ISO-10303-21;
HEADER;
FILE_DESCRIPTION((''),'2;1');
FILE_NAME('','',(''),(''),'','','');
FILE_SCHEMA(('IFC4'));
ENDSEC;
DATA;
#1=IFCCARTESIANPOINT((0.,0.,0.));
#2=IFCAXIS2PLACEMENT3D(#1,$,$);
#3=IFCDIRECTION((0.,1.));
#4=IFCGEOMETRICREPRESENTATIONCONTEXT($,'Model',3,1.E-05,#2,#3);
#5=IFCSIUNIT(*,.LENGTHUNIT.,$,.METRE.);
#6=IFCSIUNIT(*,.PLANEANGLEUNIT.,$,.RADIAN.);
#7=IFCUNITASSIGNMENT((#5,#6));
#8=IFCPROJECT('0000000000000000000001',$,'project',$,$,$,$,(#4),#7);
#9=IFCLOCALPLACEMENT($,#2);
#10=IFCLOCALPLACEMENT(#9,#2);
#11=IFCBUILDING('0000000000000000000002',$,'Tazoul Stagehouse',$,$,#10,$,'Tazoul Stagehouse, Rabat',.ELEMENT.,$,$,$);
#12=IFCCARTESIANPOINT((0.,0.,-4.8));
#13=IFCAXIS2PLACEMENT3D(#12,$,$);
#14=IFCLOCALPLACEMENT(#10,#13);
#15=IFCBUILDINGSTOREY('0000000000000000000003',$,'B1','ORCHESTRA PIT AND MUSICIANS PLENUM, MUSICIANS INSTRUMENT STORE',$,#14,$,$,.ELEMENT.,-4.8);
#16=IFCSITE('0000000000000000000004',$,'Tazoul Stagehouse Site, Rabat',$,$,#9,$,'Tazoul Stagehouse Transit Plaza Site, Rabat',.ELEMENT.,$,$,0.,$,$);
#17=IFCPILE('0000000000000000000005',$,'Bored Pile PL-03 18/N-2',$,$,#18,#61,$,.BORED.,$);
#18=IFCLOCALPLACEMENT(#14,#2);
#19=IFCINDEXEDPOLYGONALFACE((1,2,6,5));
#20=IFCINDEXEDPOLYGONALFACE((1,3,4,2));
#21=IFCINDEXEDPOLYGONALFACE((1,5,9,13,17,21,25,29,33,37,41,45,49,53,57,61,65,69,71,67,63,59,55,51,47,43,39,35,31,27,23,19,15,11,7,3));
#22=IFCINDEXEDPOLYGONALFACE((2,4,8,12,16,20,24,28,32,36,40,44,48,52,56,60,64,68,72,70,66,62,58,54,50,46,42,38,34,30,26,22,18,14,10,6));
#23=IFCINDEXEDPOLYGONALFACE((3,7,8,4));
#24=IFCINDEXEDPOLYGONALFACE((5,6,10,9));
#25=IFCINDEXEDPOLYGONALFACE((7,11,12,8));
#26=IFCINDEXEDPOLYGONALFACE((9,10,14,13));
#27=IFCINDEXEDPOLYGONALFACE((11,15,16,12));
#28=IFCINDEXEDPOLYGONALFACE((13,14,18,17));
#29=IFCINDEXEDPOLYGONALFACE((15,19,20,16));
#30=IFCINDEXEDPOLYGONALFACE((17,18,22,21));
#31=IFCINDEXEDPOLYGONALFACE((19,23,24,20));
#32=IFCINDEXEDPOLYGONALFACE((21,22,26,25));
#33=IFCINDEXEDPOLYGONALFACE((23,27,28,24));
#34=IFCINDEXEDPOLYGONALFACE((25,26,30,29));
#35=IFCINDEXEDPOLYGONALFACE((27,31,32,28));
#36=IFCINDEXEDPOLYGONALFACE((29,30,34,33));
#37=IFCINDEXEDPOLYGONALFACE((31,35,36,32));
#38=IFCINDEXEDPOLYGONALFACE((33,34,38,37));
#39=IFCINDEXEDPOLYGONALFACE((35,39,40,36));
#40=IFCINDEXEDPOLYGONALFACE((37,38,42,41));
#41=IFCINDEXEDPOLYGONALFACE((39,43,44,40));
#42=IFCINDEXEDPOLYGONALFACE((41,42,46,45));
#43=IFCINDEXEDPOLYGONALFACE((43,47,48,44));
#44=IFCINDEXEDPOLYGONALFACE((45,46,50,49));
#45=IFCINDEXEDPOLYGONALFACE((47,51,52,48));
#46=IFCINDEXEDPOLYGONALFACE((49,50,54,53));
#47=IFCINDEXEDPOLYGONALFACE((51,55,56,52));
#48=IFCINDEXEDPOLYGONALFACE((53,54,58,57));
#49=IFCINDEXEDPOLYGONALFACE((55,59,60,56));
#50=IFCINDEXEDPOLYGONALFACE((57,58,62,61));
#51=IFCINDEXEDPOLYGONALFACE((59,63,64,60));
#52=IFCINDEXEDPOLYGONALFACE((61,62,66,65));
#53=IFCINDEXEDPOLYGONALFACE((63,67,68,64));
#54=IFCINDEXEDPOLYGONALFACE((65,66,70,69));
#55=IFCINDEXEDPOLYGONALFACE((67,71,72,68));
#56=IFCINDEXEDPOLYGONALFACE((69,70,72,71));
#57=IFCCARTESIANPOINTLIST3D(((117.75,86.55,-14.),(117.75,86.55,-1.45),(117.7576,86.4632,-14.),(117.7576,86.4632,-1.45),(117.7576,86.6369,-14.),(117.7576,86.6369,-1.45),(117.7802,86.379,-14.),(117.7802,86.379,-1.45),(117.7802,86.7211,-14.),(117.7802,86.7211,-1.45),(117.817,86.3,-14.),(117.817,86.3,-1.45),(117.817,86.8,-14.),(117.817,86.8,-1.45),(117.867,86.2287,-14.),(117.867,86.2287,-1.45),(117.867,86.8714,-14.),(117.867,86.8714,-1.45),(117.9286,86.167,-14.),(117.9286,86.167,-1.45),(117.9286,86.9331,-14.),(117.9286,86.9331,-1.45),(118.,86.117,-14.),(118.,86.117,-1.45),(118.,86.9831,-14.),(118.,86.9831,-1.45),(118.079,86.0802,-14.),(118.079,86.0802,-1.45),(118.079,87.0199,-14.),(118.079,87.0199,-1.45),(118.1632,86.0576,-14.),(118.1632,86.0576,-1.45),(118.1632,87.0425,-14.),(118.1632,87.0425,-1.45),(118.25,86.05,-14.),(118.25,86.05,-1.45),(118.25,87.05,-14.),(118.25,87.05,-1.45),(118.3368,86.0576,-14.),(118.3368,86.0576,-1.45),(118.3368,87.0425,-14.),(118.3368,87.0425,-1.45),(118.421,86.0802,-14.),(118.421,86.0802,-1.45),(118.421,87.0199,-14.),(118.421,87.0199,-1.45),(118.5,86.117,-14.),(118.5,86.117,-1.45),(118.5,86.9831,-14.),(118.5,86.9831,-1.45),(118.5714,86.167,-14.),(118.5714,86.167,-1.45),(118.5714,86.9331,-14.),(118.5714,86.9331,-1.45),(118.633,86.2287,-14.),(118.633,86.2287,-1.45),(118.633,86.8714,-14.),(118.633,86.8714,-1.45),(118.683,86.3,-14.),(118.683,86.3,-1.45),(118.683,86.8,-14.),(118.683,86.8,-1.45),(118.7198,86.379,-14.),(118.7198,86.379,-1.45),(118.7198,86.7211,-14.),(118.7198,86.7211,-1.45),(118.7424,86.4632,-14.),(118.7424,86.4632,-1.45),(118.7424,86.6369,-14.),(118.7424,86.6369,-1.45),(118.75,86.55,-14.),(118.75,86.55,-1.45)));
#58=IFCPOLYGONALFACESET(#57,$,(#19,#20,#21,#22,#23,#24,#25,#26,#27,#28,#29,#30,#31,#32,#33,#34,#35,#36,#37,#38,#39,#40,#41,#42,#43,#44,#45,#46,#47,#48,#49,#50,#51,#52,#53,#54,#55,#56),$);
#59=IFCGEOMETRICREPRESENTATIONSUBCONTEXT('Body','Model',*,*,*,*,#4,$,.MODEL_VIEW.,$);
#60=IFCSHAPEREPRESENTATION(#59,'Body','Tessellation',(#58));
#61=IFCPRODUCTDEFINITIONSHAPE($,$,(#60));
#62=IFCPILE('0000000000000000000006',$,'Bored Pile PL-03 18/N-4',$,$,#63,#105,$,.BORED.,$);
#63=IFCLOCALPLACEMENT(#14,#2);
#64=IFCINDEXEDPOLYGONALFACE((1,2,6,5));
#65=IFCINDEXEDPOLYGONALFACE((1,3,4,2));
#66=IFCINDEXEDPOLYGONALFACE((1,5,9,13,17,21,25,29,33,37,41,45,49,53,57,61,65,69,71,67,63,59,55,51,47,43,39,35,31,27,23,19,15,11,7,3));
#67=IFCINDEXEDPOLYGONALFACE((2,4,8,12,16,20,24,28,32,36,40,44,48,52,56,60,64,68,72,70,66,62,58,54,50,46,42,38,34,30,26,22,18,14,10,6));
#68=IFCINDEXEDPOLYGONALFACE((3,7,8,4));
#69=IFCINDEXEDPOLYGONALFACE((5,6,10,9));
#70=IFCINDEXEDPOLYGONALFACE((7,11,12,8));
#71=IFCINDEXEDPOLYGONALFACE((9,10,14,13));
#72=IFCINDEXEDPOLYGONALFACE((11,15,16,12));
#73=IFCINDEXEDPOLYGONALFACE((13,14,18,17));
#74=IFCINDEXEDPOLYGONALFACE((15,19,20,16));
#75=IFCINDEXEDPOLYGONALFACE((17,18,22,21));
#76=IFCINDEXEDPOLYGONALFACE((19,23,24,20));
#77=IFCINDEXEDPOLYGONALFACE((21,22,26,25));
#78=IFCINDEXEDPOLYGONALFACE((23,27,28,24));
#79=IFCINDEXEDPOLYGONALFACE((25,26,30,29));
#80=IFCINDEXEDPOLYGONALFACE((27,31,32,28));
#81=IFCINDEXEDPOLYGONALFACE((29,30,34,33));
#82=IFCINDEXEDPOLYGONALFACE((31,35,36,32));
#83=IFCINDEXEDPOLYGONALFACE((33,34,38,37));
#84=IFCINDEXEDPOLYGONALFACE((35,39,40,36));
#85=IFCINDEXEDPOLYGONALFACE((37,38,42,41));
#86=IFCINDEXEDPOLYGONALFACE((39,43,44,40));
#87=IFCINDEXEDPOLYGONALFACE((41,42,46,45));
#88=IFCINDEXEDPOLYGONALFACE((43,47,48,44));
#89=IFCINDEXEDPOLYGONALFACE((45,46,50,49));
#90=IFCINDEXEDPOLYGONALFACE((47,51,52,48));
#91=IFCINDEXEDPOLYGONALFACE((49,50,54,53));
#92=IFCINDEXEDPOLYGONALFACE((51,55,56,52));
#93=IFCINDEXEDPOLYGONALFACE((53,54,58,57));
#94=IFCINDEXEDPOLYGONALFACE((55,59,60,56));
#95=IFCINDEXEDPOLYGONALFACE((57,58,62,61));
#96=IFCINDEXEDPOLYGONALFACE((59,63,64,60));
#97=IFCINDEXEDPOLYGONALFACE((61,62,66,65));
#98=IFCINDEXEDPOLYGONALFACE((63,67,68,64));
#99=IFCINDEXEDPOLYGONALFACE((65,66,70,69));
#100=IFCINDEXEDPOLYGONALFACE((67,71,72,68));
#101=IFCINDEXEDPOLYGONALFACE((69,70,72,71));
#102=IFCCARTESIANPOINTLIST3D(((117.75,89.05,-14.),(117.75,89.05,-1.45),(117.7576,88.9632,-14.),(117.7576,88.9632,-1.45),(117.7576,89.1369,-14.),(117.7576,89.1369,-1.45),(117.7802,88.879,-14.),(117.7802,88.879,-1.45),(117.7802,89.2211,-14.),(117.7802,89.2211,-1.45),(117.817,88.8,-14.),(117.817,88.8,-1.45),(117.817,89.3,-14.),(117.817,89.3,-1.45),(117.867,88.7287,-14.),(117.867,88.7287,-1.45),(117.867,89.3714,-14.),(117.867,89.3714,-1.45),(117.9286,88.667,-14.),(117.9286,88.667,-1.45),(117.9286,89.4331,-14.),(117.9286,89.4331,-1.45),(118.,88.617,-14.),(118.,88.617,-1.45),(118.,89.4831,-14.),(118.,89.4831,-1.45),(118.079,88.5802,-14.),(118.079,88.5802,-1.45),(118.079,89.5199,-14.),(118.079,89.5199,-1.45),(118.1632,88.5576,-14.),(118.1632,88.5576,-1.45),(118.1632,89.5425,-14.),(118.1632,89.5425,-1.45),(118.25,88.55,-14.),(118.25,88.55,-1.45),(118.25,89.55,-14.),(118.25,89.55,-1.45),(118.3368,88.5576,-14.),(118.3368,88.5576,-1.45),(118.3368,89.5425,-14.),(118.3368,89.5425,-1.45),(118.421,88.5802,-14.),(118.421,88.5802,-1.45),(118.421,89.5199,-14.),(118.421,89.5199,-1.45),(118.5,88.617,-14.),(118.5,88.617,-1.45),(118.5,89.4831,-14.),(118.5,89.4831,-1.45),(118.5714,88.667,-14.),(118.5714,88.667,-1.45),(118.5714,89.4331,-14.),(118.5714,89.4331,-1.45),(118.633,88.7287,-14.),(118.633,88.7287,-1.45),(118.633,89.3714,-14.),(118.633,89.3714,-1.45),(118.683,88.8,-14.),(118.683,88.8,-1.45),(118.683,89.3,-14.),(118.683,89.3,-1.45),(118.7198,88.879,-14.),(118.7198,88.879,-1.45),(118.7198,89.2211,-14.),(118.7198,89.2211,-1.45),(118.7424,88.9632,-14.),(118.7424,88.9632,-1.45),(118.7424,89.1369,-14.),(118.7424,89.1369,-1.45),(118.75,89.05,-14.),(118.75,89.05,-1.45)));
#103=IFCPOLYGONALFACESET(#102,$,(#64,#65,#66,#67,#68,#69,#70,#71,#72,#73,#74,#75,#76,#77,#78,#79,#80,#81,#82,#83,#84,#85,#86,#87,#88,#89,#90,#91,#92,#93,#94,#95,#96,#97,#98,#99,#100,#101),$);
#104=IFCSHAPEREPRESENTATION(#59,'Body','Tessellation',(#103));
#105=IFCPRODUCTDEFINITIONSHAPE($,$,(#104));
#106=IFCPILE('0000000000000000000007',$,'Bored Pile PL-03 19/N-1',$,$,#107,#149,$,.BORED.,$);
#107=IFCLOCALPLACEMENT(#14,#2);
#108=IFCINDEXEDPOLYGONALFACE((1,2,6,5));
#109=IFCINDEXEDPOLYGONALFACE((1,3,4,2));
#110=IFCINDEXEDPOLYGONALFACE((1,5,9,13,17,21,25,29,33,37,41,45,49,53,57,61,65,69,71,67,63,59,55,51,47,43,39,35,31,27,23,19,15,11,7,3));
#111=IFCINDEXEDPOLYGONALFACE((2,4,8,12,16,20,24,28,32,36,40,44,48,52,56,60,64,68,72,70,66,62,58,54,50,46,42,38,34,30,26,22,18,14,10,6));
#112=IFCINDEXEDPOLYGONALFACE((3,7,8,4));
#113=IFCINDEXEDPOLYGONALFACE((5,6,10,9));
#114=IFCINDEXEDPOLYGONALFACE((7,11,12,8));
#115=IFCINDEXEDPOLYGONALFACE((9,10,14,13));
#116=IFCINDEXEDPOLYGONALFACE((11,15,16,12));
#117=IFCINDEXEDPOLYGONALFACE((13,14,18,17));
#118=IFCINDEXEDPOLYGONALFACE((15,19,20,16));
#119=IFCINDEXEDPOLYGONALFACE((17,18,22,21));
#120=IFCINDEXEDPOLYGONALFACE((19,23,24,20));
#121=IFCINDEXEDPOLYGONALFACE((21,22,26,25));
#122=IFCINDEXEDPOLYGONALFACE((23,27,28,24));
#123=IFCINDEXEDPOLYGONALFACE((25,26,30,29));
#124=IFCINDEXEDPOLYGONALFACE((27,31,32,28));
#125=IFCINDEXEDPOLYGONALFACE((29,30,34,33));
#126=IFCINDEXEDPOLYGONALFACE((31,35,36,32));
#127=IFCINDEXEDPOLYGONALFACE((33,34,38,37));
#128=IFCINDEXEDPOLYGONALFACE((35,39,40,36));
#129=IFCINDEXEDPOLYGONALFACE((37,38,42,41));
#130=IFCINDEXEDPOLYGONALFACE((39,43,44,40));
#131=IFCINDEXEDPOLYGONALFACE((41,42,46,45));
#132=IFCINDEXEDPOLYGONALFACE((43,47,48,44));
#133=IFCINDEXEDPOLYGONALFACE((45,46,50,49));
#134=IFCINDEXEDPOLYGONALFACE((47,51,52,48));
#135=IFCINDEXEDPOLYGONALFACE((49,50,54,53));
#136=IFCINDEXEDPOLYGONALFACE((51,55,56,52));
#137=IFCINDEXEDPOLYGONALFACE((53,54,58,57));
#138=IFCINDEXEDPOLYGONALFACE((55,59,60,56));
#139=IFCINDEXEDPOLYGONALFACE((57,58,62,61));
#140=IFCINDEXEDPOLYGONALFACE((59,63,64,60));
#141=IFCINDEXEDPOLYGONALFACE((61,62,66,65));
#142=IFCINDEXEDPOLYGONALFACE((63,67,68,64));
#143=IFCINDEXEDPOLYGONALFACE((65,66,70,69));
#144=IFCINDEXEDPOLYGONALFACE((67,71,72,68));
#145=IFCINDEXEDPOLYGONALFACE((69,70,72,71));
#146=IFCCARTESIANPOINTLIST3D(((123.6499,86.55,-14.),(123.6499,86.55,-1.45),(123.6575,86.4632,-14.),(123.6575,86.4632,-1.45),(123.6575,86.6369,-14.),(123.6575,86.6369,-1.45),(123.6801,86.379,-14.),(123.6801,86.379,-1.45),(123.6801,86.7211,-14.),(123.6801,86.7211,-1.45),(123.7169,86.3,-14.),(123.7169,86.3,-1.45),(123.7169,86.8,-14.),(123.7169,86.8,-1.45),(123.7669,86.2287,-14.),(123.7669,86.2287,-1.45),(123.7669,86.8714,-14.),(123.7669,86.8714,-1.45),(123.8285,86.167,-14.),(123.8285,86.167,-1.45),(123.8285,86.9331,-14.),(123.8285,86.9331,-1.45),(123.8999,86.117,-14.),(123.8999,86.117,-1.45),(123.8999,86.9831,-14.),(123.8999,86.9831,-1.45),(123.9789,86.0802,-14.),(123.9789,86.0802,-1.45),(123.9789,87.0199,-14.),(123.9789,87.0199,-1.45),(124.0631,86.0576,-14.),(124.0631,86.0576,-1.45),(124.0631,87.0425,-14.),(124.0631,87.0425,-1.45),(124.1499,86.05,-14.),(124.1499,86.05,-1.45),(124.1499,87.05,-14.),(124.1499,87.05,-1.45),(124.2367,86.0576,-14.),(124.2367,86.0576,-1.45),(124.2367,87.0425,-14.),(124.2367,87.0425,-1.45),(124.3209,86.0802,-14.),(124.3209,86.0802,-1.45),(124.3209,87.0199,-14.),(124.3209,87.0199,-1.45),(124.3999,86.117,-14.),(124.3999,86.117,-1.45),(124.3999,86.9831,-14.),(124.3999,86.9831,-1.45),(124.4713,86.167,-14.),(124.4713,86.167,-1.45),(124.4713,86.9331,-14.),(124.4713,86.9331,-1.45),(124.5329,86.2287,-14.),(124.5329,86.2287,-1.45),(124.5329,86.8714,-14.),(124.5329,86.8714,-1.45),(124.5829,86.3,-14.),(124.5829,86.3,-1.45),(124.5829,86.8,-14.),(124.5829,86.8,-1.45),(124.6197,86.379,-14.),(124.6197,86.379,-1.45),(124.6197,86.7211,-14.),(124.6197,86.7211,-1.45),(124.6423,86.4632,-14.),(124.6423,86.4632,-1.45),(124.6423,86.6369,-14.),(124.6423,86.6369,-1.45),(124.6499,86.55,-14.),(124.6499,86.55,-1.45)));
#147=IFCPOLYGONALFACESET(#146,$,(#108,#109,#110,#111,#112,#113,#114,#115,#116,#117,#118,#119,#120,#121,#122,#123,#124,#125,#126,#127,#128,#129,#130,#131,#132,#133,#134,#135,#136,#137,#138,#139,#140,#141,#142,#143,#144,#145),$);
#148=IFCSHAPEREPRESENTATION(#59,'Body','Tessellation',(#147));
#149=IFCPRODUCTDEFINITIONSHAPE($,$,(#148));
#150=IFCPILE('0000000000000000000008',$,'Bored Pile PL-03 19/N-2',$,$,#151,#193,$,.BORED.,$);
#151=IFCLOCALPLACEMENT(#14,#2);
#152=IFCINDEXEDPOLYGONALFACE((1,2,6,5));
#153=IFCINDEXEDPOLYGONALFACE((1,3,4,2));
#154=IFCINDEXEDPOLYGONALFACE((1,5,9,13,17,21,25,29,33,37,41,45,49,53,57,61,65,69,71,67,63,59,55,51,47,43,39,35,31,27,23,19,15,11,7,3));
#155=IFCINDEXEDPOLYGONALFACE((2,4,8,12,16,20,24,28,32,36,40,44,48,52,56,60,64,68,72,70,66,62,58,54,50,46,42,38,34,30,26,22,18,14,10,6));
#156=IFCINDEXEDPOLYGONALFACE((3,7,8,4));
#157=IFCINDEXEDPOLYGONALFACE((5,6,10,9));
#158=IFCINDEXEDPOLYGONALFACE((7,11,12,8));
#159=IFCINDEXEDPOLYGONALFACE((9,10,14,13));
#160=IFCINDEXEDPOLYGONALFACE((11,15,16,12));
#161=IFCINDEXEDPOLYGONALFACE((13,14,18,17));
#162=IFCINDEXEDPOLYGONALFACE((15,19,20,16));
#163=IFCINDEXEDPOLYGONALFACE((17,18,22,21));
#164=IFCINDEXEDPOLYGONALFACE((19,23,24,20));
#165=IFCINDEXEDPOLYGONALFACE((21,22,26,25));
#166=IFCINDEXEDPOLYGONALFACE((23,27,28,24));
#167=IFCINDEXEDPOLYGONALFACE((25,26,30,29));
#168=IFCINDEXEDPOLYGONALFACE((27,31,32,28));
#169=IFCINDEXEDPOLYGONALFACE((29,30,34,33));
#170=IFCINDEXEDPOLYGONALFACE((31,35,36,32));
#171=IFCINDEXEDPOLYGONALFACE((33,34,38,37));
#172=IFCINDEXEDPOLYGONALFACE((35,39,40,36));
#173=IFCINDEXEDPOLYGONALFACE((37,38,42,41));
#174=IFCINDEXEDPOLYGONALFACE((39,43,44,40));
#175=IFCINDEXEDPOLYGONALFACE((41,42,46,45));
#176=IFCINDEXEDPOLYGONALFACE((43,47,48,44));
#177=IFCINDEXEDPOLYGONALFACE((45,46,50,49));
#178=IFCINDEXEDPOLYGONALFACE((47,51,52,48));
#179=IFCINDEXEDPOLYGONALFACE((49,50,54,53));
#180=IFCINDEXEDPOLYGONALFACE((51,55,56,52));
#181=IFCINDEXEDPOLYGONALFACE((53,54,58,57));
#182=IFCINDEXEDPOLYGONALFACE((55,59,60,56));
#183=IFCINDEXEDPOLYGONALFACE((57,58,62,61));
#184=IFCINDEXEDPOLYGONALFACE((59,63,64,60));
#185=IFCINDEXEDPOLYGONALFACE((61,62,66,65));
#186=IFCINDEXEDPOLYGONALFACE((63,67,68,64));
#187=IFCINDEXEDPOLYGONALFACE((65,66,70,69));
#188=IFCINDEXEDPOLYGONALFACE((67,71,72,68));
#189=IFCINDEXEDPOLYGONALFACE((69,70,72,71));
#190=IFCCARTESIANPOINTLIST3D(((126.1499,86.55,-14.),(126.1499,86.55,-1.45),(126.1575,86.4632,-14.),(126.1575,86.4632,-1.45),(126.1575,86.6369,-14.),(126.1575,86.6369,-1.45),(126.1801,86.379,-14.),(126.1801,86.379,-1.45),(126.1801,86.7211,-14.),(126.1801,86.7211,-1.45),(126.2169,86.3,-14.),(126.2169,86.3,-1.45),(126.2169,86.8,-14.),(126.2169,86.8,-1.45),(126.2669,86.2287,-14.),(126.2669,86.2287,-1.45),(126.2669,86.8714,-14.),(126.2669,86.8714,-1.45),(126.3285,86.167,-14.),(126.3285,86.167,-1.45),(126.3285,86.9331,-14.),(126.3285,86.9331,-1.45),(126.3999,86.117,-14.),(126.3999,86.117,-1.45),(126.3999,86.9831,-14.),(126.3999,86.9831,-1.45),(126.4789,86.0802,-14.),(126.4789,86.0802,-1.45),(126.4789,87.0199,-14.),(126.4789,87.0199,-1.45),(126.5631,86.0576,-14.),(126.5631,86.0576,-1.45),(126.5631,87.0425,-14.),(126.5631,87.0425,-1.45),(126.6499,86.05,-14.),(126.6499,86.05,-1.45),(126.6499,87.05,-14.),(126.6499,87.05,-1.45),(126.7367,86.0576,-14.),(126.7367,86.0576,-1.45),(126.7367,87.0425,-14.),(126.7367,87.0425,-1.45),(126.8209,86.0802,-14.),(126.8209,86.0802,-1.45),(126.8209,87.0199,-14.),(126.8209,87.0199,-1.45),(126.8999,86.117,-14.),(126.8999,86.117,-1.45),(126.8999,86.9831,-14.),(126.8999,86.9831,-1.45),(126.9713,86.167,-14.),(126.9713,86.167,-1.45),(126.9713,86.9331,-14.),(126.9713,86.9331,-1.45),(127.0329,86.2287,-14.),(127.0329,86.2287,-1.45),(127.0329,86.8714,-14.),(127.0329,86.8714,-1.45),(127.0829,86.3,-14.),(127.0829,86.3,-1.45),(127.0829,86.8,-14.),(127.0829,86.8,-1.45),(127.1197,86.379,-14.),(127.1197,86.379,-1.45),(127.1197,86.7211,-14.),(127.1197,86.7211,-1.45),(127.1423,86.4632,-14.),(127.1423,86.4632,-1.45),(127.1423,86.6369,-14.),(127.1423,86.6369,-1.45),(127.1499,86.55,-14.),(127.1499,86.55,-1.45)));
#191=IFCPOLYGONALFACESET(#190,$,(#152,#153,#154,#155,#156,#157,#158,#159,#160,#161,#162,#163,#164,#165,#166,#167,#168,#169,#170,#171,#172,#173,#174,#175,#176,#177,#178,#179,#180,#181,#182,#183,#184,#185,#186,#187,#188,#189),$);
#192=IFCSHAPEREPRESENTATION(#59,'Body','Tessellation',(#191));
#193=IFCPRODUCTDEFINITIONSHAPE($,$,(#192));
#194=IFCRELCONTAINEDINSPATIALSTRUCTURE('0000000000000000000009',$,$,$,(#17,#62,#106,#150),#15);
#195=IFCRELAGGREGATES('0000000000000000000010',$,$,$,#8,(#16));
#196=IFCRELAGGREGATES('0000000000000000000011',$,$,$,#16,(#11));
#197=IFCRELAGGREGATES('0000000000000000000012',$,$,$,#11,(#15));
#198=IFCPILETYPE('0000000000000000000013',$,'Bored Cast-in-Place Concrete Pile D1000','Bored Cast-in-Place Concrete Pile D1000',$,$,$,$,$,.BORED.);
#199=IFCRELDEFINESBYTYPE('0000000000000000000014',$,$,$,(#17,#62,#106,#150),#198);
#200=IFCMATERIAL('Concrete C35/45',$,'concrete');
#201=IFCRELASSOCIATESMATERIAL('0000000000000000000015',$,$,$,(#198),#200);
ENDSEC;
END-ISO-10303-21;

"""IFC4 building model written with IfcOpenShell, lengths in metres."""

from ifc_helpers import new_model, si_unit, direction, frame, origin, origin_2d, place, context, subcontext, project, spatial, circle, extrude, material, material_profile, profile_set, type_object, element, save


model = new_model("IFC4")

# Units and contexts
model_context = context("Model", 3, precision=1e-05, world=origin(), true_north=direction((0.0, 1.0)))
body_context = subcontext(model_context, "Body", "Model", "MODEL_VIEW")
ifc_project = project(units=[si_unit("LENGTHUNIT", "METRE"), si_unit("PLANEANGLEUNIT", "RADIAN")], contexts=[model_context])

# Site, building, storey
site_placement = place(None, origin())
site = spatial("IfcSite", under=ifc_project, at=site_placement, Name="Tazoul Stagehouse Site, Rabat", LongName="Tazoul Stagehouse Transit Plaza Site, Rabat", CompositionType="ELEMENT", RefElevation=0.0)
building_placement = place(site_placement, origin())
building = spatial("IfcBuilding", under=site, at=building_placement, Name="Tazoul Stagehouse", LongName="Tazoul Stagehouse, Rabat", CompositionType="ELEMENT")
storey_placement = place(building_placement, frame((0.0, 0.0, -4.8)))
storey = spatial("IfcBuildingStorey", under=building, at=storey_placement, Name="B1", Description="ORCHESTRA PIT AND MUSICIANS PLENUM, MUSICIANS INSTRUMENT STORE", CompositionType="ELEMENT", Elevation=-4.8)

# Piles
ifc_material_1 = material(Name="Concrete C35/45", Category="concrete")
ifc_material_profile_1 = material_profile(ifc_material_1, circle(Radius=0.5, at=origin_2d()), Name="BORED PILE 1000")
ifc_profile_set_1 = profile_set([ifc_material_profile_1], Name="Concrete C35/45")
pile_type_1 = type_object("IfcPileType", Name="Bored Cast-in-Place Concrete Pile D1000", Description="Bored Cast-in-Place Concrete Pile D1000", PredefinedType="BORED", material=ifc_profile_set_1)
for number, where, z_axis, x_axis, name in (
    (1, (118.25, 86.55, -1.45), (0.0, 0.0, -1.0), (1.0, 0.0, 0.0), "Bored Pile PL-03 18/N-2"),
    (2, (118.25, 89.05, -1.45), (0.0, 0.0, -1.0), (1.0, 0.0, 0.0), "Bored Pile PL-03 18/N-4"),
    (3, (124.1499, 86.55, -1.45), (0.0, 0.0, -1.0), (1.0, 0.0, 0.0), "Bored Pile PL-03 19/N-1"),
    (4, (126.6499, 86.55, -1.45), (0.0, 0.0, -1.0), (1.0, 0.0, 0.0), "Bored Pile PL-03 19/N-2"),
):
    element("IfcPile", number, at=place(storey_placement, frame(where, z_axis=z_axis, x_axis=x_axis)), inside=storey, type_object=pile_type_1, Name=name, PredefinedType="BORED", context=body_context, shape_type="SweptSolid", body=[
        extrude(circle(Radius=0.5, at=origin_2d()), origin(), (0.0, 0.0, 1.0), 12.55),
    ])

save(model, "model.ifc")
